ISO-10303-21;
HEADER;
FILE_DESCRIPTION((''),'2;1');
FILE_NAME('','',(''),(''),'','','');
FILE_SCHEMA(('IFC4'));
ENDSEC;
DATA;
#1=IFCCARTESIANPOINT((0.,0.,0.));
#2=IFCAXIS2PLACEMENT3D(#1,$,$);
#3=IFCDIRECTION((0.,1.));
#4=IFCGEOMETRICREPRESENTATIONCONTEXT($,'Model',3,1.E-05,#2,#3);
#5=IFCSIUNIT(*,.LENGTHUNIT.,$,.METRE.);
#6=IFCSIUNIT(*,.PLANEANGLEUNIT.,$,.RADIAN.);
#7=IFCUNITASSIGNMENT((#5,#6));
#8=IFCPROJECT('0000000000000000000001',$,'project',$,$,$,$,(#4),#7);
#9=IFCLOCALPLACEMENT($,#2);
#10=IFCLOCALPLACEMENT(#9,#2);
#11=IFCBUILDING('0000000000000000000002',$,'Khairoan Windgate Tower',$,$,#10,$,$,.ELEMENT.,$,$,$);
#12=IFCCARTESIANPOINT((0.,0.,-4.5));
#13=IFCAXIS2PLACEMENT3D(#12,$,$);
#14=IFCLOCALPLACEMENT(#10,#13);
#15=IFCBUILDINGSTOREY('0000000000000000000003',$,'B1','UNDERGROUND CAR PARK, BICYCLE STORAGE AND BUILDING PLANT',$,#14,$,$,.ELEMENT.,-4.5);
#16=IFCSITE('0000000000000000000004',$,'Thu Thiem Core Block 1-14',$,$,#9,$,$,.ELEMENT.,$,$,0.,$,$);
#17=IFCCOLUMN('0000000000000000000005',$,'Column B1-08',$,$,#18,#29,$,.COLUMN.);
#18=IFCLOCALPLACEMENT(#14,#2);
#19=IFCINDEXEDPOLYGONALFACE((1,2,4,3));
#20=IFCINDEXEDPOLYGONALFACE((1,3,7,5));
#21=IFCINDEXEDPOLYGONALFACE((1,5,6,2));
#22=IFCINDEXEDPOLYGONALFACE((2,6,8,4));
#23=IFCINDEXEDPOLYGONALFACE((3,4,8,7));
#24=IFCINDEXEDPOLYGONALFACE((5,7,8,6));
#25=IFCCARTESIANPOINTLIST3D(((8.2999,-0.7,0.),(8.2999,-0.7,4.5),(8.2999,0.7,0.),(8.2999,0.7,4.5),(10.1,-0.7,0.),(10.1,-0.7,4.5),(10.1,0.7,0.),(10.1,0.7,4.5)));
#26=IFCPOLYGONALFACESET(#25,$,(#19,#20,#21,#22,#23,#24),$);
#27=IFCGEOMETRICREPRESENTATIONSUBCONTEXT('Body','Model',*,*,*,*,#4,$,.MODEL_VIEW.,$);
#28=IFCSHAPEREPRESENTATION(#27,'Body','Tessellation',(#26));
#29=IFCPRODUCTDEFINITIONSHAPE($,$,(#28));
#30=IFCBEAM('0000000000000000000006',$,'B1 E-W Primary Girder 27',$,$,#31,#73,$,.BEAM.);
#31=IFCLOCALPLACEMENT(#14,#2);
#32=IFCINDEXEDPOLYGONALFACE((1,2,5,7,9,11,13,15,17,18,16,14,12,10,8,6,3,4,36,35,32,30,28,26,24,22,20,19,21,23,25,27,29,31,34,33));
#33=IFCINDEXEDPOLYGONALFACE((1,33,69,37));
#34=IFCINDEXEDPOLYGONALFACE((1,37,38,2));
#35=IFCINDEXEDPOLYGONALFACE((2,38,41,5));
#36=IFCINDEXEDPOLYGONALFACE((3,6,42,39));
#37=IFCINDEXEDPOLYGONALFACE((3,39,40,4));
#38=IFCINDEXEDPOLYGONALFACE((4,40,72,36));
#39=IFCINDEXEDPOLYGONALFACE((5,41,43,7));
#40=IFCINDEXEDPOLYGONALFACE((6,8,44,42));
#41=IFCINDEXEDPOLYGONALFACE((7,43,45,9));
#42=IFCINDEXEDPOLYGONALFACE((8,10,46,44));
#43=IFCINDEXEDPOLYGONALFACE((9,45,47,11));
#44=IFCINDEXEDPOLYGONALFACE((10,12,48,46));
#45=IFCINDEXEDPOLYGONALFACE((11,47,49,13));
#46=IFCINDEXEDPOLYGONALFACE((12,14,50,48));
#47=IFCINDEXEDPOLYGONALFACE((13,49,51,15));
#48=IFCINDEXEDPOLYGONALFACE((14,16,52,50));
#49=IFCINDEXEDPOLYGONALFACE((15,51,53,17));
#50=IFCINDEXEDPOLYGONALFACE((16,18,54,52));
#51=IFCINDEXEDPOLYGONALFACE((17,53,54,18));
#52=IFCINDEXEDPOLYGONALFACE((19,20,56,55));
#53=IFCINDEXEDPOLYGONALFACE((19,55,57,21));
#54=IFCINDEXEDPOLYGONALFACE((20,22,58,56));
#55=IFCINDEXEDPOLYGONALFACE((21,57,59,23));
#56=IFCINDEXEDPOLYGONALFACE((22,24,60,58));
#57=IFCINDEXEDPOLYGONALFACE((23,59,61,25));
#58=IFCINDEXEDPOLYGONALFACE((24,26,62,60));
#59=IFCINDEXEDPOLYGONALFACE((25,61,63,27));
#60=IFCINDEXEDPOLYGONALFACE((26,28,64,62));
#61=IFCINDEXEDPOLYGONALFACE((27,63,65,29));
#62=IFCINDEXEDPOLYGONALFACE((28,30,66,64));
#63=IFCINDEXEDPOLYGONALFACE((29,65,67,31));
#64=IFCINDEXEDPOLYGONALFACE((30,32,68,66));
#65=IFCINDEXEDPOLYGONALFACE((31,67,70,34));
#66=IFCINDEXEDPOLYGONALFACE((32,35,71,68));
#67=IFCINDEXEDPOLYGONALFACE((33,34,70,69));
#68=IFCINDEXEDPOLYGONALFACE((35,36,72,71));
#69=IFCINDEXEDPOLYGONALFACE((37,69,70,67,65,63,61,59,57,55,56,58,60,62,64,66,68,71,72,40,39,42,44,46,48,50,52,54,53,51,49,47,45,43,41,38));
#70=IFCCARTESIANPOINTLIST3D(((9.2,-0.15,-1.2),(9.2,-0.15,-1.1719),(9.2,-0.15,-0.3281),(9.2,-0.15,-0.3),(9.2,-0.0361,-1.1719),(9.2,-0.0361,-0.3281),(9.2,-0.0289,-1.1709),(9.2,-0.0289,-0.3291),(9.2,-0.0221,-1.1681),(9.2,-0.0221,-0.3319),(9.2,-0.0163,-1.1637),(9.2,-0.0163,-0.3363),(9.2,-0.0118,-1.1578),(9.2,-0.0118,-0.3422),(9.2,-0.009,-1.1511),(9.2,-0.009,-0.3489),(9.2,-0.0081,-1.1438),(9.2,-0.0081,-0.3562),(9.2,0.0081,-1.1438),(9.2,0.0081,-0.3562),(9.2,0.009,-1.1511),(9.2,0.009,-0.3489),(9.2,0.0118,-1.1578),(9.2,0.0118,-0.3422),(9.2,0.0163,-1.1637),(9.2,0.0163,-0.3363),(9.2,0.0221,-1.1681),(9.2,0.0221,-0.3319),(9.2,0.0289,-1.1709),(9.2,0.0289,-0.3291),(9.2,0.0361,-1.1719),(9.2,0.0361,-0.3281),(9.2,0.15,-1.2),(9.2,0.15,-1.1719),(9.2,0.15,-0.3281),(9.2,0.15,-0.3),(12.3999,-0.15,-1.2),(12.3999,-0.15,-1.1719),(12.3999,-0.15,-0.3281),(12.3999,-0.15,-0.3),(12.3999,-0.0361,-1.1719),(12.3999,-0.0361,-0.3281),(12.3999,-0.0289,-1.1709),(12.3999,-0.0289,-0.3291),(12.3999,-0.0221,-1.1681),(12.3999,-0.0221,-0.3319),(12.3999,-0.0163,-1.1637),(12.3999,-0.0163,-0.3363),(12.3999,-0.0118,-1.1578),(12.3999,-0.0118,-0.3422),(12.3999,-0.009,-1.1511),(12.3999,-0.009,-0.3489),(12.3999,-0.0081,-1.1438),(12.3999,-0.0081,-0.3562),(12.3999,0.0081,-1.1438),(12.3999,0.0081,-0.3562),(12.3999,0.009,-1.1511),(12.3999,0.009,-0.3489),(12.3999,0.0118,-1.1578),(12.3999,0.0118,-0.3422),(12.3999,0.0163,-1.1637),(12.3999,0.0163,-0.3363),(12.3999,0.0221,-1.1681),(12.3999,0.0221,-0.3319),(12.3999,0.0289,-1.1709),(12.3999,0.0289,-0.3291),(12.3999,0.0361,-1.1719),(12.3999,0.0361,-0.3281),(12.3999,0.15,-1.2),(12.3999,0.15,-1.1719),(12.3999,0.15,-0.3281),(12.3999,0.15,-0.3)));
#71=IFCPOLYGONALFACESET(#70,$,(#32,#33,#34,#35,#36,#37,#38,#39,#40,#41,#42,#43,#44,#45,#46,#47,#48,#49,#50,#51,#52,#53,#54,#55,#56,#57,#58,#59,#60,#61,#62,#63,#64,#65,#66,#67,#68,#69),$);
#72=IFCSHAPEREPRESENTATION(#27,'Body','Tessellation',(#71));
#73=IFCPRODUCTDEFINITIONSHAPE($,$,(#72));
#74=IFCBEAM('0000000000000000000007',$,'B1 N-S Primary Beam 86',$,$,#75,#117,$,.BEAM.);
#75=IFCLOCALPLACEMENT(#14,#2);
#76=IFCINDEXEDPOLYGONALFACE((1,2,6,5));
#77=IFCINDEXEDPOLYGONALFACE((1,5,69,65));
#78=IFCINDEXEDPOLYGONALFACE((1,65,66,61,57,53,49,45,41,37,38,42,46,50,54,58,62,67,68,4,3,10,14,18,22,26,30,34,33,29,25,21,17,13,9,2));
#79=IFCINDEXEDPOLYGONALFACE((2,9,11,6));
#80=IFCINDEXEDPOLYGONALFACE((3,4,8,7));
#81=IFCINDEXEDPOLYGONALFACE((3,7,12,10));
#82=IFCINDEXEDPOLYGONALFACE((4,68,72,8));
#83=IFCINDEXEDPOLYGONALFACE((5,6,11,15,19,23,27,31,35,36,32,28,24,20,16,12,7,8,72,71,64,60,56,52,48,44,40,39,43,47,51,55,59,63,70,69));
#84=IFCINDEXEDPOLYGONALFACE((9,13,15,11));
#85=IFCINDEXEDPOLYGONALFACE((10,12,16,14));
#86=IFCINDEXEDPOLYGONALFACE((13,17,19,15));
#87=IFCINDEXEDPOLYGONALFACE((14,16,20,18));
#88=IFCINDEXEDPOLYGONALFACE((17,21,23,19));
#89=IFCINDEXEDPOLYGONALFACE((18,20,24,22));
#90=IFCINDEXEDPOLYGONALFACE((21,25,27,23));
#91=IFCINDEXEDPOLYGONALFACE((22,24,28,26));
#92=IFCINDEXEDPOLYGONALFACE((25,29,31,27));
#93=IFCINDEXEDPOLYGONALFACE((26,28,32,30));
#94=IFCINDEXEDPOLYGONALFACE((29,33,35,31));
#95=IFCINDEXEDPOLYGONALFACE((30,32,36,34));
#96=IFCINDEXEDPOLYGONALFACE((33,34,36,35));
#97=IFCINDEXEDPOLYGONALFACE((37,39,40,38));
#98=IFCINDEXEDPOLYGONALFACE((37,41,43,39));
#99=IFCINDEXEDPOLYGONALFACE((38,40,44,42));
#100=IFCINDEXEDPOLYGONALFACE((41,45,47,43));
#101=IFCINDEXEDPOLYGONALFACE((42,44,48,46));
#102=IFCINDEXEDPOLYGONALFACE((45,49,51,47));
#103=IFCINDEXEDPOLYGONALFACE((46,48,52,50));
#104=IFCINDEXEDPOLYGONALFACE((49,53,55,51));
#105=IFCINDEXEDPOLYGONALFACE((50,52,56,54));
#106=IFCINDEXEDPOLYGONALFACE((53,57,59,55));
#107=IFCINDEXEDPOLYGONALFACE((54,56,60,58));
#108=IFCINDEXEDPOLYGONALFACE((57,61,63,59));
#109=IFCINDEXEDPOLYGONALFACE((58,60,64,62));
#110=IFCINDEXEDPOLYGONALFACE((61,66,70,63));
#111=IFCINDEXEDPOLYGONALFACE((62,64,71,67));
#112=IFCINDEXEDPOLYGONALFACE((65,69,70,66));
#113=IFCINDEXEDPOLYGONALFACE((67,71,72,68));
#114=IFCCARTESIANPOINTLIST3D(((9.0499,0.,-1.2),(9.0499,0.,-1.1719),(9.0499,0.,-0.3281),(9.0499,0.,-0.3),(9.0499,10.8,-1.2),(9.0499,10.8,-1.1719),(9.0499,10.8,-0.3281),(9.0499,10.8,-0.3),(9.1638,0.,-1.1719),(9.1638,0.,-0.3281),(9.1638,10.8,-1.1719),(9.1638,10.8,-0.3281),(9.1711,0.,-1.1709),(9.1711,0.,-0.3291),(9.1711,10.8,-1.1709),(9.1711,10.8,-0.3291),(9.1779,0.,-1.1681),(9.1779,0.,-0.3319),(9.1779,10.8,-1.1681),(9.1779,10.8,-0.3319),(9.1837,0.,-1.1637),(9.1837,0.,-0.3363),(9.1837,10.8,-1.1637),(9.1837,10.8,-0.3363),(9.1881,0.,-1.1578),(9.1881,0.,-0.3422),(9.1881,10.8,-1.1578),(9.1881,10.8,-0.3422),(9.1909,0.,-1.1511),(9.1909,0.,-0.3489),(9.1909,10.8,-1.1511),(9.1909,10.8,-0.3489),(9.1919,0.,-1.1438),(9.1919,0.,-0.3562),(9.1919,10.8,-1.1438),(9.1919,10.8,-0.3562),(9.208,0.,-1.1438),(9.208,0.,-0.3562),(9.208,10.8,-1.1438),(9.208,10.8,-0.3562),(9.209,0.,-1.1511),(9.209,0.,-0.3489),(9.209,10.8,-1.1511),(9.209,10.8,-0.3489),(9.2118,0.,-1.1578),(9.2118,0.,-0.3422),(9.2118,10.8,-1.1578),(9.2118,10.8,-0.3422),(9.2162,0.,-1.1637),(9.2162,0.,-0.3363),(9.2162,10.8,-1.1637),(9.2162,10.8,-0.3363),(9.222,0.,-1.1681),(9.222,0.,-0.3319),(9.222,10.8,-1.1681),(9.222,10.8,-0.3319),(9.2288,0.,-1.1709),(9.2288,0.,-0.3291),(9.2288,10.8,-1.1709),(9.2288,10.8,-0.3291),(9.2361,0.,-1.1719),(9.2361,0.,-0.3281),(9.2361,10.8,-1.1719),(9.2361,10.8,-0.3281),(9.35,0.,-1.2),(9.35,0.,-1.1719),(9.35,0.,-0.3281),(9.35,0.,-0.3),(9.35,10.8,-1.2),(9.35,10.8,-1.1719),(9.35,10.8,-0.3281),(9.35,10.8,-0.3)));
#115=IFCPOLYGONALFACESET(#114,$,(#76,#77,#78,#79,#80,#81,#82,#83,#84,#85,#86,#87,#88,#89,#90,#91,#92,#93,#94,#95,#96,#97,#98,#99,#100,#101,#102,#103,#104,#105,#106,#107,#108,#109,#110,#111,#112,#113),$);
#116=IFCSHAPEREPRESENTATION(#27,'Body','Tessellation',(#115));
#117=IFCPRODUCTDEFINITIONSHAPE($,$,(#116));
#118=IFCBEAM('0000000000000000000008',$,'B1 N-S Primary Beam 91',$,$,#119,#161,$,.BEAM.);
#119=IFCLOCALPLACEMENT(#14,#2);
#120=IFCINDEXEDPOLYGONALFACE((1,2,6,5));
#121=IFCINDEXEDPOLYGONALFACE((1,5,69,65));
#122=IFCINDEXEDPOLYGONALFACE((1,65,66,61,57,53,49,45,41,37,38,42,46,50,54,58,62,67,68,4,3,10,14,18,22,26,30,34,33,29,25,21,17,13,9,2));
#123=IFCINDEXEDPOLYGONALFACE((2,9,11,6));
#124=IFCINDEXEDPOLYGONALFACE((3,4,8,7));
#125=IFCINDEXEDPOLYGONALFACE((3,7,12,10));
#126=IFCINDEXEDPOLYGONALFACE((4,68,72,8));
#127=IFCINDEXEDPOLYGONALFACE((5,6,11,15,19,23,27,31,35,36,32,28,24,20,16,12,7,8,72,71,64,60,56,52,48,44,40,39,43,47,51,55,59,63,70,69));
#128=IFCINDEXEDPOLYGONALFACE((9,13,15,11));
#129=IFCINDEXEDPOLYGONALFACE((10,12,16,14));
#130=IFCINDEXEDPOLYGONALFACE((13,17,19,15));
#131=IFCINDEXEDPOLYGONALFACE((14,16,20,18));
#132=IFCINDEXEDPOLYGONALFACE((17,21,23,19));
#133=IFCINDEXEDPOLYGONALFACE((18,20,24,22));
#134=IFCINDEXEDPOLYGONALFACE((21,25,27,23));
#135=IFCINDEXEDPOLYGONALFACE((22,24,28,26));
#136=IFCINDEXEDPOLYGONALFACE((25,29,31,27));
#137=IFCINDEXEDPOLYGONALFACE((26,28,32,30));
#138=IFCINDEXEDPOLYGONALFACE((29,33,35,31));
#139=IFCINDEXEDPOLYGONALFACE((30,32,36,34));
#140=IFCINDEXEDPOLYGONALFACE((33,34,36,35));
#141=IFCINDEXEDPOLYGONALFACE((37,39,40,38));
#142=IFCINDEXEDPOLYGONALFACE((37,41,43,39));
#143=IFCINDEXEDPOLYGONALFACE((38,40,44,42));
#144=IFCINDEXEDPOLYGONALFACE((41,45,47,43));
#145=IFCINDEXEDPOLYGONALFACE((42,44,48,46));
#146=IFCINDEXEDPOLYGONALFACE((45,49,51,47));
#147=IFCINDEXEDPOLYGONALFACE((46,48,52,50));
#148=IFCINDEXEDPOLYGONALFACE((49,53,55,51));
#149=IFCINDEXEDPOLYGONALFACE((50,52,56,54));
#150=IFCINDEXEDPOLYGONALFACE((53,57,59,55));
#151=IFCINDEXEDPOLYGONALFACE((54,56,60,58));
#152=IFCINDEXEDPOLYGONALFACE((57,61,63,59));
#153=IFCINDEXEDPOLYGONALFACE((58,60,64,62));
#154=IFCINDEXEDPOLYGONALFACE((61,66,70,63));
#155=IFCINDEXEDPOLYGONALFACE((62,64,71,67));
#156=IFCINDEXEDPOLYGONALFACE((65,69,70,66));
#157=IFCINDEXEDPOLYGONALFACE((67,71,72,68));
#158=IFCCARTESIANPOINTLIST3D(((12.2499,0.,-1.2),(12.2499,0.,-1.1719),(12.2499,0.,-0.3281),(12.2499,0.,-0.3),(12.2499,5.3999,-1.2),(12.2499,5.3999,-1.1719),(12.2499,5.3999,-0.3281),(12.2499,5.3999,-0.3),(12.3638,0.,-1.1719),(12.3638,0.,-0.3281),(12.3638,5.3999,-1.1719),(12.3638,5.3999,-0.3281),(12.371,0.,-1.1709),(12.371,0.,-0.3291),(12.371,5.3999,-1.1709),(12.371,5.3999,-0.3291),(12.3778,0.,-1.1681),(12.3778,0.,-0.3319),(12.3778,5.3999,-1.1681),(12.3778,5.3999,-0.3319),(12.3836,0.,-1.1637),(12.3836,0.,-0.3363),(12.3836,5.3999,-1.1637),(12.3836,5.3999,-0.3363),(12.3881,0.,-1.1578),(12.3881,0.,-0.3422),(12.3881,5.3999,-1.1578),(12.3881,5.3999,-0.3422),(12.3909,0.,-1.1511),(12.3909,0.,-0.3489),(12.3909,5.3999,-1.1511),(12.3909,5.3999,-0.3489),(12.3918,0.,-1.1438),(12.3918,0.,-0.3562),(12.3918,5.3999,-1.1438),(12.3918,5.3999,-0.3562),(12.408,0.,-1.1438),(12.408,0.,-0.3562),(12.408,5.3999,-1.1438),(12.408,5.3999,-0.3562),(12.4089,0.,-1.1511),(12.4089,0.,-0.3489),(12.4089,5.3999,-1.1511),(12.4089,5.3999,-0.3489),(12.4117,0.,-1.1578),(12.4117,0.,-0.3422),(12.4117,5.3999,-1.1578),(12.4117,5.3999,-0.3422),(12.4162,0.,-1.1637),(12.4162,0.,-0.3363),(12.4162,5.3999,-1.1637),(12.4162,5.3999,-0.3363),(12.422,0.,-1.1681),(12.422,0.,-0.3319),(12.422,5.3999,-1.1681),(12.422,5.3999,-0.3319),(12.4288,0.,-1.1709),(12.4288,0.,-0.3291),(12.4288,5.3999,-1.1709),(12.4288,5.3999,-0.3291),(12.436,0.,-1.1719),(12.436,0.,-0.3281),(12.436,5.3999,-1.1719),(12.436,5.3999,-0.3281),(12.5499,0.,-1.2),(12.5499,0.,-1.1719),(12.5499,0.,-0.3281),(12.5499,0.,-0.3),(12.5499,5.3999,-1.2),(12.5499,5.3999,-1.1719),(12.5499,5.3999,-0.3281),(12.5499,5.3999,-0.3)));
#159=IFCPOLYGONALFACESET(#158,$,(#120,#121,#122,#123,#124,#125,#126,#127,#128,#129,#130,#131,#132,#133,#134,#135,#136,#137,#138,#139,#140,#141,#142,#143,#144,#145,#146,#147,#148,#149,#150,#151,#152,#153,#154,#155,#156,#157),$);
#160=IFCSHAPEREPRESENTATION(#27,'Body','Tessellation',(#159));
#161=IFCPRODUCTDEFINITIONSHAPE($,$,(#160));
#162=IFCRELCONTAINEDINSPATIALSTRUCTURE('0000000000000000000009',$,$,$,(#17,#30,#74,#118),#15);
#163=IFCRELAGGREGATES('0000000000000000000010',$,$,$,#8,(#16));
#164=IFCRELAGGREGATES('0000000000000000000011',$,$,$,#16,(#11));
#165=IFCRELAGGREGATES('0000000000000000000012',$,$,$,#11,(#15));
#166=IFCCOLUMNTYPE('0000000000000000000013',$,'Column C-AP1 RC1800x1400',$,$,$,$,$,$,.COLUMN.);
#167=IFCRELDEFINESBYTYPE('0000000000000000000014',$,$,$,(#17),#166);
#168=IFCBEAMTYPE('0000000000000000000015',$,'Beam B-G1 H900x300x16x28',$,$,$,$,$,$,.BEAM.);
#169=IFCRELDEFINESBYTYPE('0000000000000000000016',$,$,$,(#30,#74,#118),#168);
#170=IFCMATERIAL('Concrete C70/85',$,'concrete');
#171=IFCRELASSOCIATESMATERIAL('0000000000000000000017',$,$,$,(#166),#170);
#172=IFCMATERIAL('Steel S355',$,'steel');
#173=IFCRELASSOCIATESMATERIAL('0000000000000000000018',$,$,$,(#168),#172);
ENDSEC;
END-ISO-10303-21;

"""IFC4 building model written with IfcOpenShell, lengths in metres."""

from ifc_helpers import new_model, si_unit, direction, frame, origin, origin_2d, place, context, subcontext, project, spatial, rectangle, i_section, extrude, material, material_profile, profile_set, type_object, element, save


model = new_model("IFC4")

# Units and contexts
model_context = context("Model", 3, precision=1e-05, world=origin(), true_north=direction((0.0, 1.0)))
body_context = subcontext(model_context, "Body", "Model", "MODEL_VIEW")
ifc_project = project(units=[si_unit("LENGTHUNIT", "METRE"), si_unit("PLANEANGLEUNIT", "RADIAN")], contexts=[model_context])

# Site, building, storey
site_placement = place(None, origin())
site = spatial("IfcSite", under=ifc_project, at=site_placement, Name="Thu Thiem Core Block 1-14", CompositionType="ELEMENT", RefElevation=0.0)
building_placement = place(site_placement, origin())
building = spatial("IfcBuilding", under=site, at=building_placement, Name="Khairoan Windgate Tower", CompositionType="ELEMENT")
storey_placement = place(building_placement, frame((0.0, 0.0, -4.5)))
storey = spatial("IfcBuildingStorey", under=building, at=storey_placement, Name="B1", Description="UNDERGROUND CAR PARK, BICYCLE STORAGE AND BUILDING PLANT", CompositionType="ELEMENT", Elevation=-4.5)

# Column
ifc_material_1 = material(Name="Concrete C70/85", Category="concrete")
ifc_material_profile_1 = material_profile(ifc_material_1, rectangle(XDim=1.8, YDim=1.3999, at=origin_2d()))
ifc_profile_set_1 = profile_set([ifc_material_profile_1], Name="Concrete C70/85")
column_type = type_object("IfcColumnType", Name="Column C-AP1 RC1800x1400", PredefinedType="COLUMN", material=ifc_profile_set_1)
column_placement = place(storey_placement, frame((9.2, 0.0, 0.0), z_axis=(0.0, 0.0, 1.0), x_axis=(1.0, 0.0, 0.0)))
element("IfcColumn", 1, at=column_placement, inside=storey, type_object=column_type, Name="Column B1-08", PredefinedType="COLUMN", context=body_context, shape_type="SweptSolid", body=[
    extrude(rectangle(XDim=1.8, YDim=1.3999, at=origin_2d()), origin(), (0.0, 0.0, 1.0), 4.5),
])

# Beams
ifc_material_2 = material(Name="Steel S355", Category="steel")
ifc_material_profile_2 = material_profile(ifc_material_2, i_section(OverallWidth=0.3, OverallDepth=0.8999, WebThickness=0.0161, FlangeThickness=0.0281, FilletRadius=0.0281, at=origin_2d()))
ifc_profile_set_2 = profile_set([ifc_material_profile_2], Name="Steel S355")
beam_type_1 = type_object("IfcBeamType", Name="Beam B-G1 H900x300x16x28", PredefinedType="BEAM", material=ifc_profile_set_2)
beam_1_placement = place(storey_placement, frame((9.2, 0.0, -0.75), z_axis=(1.0, 0.0, 0.0), x_axis=(0.0, 1.0, 0.0)))
element("IfcBeam", 2, at=beam_1_placement, inside=storey, type_object=beam_type_1, Name="B1 E-W Primary Girder 27", PredefinedType="BEAM", context=body_context, shape_type="SweptSolid", body=[
    extrude(i_section(OverallWidth=0.3, OverallDepth=0.8999, WebThickness=0.0161, FlangeThickness=0.0281, FilletRadius=0.0281, at=origin_2d()), origin(), (0.0, 0.0, 1.0), 3.2),
])
beam_2_placement = place(storey_placement, frame((9.2, 0.0, -0.75), z_axis=(0.0, 1.0, 0.0), x_axis=(-1.0, 0.0, 0.0)))
element("IfcBeam", 3, at=beam_2_placement, inside=storey, type_object=beam_type_1, Name="B1 N-S Primary Beam 86", PredefinedType="BEAM", context=body_context, shape_type="SweptSolid", body=[
    extrude(i_section(OverallWidth=0.3, OverallDepth=0.8999, WebThickness=0.0161, FlangeThickness=0.0281, FilletRadius=0.0281, at=origin_2d()), origin(), (0.0, 0.0, 1.0), 10.8),
])
beam_3_placement = place(storey_placement, frame((12.3999, 0.0, -0.75), z_axis=(0.0, 1.0, 0.0), x_axis=(-1.0, 0.0, 0.0)))
element("IfcBeam", 4, at=beam_3_placement, inside=storey, type_object=beam_type_1, Name="B1 N-S Primary Beam 91", PredefinedType="BEAM", context=body_context, shape_type="SweptSolid", body=[
    extrude(i_section(OverallWidth=0.3, OverallDepth=0.8999, WebThickness=0.0161, FlangeThickness=0.0281, FilletRadius=0.0281, at=origin_2d()), origin(), (0.0, 0.0, 1.0), 5.3999),
])

save(model, "model.ifc")
